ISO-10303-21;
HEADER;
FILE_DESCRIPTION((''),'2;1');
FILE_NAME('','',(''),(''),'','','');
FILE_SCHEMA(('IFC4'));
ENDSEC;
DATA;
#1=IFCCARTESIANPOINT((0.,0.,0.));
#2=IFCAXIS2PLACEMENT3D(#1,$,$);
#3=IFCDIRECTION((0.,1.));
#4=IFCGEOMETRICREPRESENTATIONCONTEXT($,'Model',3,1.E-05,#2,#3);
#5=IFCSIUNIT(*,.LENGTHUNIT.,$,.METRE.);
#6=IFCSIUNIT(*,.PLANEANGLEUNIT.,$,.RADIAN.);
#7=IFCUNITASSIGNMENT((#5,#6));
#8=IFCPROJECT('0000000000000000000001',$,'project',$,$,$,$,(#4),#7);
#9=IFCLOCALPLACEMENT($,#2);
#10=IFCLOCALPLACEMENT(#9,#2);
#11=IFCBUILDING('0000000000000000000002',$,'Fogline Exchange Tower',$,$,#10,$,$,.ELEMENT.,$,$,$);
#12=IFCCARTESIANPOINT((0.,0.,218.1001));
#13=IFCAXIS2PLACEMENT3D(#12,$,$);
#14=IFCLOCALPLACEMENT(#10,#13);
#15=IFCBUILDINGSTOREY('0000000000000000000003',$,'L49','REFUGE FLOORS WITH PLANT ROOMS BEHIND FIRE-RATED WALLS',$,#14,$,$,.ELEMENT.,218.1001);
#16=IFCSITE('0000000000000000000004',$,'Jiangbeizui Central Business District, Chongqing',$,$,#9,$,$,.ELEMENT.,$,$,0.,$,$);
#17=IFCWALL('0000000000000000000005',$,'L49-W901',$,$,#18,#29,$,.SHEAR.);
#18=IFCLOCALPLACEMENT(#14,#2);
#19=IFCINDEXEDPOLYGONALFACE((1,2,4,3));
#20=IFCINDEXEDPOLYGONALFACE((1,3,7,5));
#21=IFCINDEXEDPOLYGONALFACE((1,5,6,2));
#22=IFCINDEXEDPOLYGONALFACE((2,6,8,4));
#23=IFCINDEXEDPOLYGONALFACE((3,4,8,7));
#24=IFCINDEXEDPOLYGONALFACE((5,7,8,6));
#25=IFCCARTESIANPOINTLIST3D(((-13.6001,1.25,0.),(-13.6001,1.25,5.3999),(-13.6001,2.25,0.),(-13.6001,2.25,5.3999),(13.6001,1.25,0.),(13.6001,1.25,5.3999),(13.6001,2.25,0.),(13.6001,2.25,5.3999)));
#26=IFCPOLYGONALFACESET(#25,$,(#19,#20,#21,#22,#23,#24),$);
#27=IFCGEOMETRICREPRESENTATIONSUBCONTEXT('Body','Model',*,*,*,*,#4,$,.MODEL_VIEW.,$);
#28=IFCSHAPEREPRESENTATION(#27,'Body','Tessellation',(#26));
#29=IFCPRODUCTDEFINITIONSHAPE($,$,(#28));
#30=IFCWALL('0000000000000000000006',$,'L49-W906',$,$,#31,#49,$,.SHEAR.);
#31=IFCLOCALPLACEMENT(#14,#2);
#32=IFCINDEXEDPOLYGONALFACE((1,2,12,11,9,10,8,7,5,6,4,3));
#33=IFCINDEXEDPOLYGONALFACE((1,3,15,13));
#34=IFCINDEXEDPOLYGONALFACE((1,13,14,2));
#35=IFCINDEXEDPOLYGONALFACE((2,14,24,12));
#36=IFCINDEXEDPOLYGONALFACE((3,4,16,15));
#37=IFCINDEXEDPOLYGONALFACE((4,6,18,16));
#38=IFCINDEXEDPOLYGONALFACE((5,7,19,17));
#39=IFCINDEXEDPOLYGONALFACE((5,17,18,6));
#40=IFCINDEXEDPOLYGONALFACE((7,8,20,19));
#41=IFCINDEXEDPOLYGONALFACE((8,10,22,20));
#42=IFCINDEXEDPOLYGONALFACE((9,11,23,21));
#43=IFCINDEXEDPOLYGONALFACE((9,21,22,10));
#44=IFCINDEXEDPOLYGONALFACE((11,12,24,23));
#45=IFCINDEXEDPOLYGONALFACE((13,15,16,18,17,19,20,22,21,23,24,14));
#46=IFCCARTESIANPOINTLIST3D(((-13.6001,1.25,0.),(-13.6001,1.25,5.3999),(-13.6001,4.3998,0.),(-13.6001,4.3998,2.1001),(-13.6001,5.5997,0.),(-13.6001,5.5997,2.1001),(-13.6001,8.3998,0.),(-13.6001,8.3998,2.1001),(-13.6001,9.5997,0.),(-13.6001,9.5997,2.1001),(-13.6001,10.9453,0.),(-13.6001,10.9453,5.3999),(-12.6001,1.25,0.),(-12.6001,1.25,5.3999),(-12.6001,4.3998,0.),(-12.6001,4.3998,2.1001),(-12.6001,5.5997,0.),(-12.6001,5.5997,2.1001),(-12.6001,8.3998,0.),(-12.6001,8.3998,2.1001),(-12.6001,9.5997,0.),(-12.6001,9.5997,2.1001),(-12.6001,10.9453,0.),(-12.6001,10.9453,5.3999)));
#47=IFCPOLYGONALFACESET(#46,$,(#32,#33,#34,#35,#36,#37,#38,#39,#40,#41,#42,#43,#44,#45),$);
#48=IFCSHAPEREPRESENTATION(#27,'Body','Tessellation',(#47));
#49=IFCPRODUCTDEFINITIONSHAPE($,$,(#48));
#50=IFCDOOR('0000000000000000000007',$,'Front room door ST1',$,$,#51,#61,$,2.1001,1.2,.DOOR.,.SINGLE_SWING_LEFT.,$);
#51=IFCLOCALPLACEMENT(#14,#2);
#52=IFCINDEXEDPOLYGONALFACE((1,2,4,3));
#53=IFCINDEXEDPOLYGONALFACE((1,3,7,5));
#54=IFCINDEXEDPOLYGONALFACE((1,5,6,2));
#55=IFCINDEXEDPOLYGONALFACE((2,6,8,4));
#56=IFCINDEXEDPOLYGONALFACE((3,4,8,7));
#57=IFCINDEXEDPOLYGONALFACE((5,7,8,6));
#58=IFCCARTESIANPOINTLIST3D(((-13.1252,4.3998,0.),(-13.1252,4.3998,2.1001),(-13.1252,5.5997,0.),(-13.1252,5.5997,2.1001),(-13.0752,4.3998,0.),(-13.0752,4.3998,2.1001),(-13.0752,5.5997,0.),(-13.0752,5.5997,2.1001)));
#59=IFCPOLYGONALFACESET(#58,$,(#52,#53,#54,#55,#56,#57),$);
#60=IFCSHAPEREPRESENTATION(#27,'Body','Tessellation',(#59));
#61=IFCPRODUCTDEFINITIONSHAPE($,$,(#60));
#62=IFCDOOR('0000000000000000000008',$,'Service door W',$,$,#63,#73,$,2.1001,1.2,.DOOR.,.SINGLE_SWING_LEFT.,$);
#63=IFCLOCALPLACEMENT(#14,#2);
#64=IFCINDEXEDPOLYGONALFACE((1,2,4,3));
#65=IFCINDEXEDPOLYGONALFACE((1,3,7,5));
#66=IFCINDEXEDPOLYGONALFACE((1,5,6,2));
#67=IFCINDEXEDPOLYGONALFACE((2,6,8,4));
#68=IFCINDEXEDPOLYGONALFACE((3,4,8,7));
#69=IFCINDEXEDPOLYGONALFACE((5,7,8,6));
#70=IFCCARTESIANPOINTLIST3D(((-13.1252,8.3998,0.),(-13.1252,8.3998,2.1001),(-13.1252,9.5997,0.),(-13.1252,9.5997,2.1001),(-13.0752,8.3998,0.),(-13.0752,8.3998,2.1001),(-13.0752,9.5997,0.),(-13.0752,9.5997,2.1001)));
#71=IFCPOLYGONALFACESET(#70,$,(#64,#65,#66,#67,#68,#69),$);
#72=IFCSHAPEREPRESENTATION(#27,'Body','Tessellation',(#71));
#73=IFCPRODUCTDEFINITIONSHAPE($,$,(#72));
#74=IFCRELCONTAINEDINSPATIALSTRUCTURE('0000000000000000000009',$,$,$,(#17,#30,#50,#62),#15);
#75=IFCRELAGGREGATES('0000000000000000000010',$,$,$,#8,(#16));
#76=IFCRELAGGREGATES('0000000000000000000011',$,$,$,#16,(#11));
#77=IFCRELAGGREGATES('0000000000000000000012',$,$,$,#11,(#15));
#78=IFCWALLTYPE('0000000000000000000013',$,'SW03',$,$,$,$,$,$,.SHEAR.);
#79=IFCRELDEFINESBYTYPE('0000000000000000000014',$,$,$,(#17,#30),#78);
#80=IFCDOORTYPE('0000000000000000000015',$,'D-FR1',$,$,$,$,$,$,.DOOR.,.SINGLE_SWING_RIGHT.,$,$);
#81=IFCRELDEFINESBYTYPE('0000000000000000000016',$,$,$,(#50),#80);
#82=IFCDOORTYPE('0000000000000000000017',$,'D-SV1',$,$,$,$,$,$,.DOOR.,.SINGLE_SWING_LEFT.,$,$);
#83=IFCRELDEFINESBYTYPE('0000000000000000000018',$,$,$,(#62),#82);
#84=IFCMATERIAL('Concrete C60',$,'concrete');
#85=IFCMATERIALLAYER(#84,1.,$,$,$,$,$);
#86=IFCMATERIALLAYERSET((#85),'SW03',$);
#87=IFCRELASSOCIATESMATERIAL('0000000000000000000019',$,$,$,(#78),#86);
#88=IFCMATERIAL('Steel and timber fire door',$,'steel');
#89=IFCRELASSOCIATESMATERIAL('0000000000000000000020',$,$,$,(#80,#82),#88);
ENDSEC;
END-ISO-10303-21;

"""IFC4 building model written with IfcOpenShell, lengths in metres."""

from ifc_helpers import new_model, si_unit, direction, frame, frame_2d, origin, place, context, subcontext, project, spatial, rectangle, extrude, material, layer, layer_set, type_object, element, fill, save


model = new_model("IFC4")

# Units and contexts
model_context = context("Model", 3, precision=1e-05, world=origin(), true_north=direction((0.0, 1.0)))
body_context = subcontext(model_context, "Body", "Model", "MODEL_VIEW")
ifc_project = project(units=[si_unit("LENGTHUNIT", "METRE"), si_unit("PLANEANGLEUNIT", "RADIAN")], contexts=[model_context])

# Site, building, storey
site_placement = place(None, origin())
site = spatial("IfcSite", under=ifc_project, at=site_placement, Name="Jiangbeizui Central Business District, Chongqing", CompositionType="ELEMENT", RefElevation=0.0)
building_placement = place(site_placement, origin())
building = spatial("IfcBuilding", under=site, at=building_placement, Name="Fogline Exchange Tower", CompositionType="ELEMENT")
storey_placement = place(building_placement, frame((0.0, 0.0, 218.1001)))
storey = spatial("IfcBuildingStorey", under=building, at=storey_placement, Name="L49", Description="REFUGE FLOORS WITH PLANT ROOMS BEHIND FIRE-RATED WALLS", CompositionType="ELEMENT", Elevation=218.1001)

# Shared definitions
ifc_material_1 = material(Name="Concrete C60", Category="concrete")

# Wall
ifc_layer_1 = layer(ifc_material_1, 1.0)
ifc_layer_set_1 = layer_set([ifc_layer_1], Name="SW03")
wall_type_1 = type_object("IfcWallType", Name="SW03", PredefinedType="SHEAR", material=ifc_layer_set_1)
wall_1_placement = place(storey_placement, frame((-13.6001, 1.75, 0.0), z_axis=(0.0, 0.0, 1.0), x_axis=(1.0, 0.0, 0.0)))
element("IfcWall", 1, at=wall_1_placement, inside=storey, type_object=wall_type_1, Name="L49-W901", PredefinedType="SHEAR", context=body_context, shape_type="SweptSolid", body=[
    extrude(rectangle(XDim=27.2002, YDim=1.0, at=frame_2d((13.6001, 0.0))), origin(), (0.0, 0.0, 1.0), 5.3999),
])

# Wall, openings, doors
wall_2_placement = place(storey_placement, frame((-13.1001, 10.9453, 0.0), z_axis=(0.0, 0.0, 1.0), x_axis=(0.0, -1.0, 0.0)))
wall_2 = element("IfcWall", 2, at=wall_2_placement, inside=storey, type_object=wall_type_1, Name="L49-W906", PredefinedType="SHEAR", context=body_context, shape_type="SweptSolid", body=[
    extrude(rectangle(XDim=9.6953, YDim=1.0, at=frame_2d((4.8477, 0.0))), origin(), (0.0, 0.0, 1.0), 5.3999),
])
opening_1_placement = place(wall_2_placement, frame((5.3455, 0.0, 0.0)))
opening_1 = element("IfcOpeningElement", 3, at=opening_1_placement, cuts=wall_2, PredefinedType="OPENING", context=body_context, shape_type="SweptSolid", body=[
    extrude(rectangle(XDim=1.2, YDim=2.1001, at=frame_2d((0.6001, 1.05))), frame((0.0, 0.51, 0.0), z_axis=(0.0, -1.0, 0.0), x_axis=(1.0, 0.0, 0.0)), (0.0, 0.0, 1.0), 1.02),
])
opening_2_placement = place(wall_2_placement, frame((1.3455, 0.0, 0.0)))
opening_2 = element("IfcOpeningElement", 4, at=opening_2_placement, cuts=wall_2, PredefinedType="OPENING", context=body_context, shape_type="SweptSolid", body=[
    extrude(rectangle(XDim=1.2, YDim=2.1001, at=frame_2d((0.6001, 1.05))), frame((0.0, 0.51, 0.0), z_axis=(0.0, -1.0, 0.0), x_axis=(1.0, 0.0, 0.0)), (0.0, 0.0, 1.0), 1.02),
])
ifc_material_2 = material(Name="Steel and timber fire door", Category="steel")
door_type_1 = type_object("IfcDoorType", Name="D-FR1", OperationType="SINGLE_SWING_RIGHT", PredefinedType="DOOR", material=ifc_material_2)
door_1_placement = place(opening_1_placement, origin())
door_1 = element("IfcDoor", 5, at=door_1_placement, inside=storey, type_object=door_type_1, Name="Front room door ST1", OperationType="SINGLE_SWING_LEFT", OverallHeight=2.1001, OverallWidth=1.2, PredefinedType="DOOR", context=body_context, shape_type="SweptSolid", body=[
    extrude(rectangle(XDim=1.2, YDim=2.1001, at=frame_2d((0.6001, 1.05))), frame((0.0, 0.0249, 0.0), z_axis=(0.0, -1.0, 0.0), x_axis=(1.0, 0.0, 0.0)), (0.0, 0.0, 1.0), 0.05),
])
fill(opening_1, door_1)
door_type_2 = type_object("IfcDoorType", Name="D-SV1", OperationType="SINGLE_SWING_LEFT", PredefinedType="DOOR", material=ifc_material_2)
door_2_placement = place(opening_2_placement, origin())
door_2 = element("IfcDoor", 6, at=door_2_placement, inside=storey, type_object=door_type_2, Name="Service door W", OperationType="SINGLE_SWING_LEFT", OverallHeight=2.1001, OverallWidth=1.2, PredefinedType="DOOR", context=body_context, shape_type="SweptSolid", body=[
    extrude(rectangle(XDim=1.2, YDim=2.1001, at=frame_2d((0.6001, 1.05))), frame((0.0, 0.0249, 0.0), z_axis=(0.0, -1.0, 0.0), x_axis=(1.0, 0.0, 0.0)), (0.0, 0.0, 1.0), 0.05),
])
fill(opening_2, door_2)

save(model, "model.ifc")
